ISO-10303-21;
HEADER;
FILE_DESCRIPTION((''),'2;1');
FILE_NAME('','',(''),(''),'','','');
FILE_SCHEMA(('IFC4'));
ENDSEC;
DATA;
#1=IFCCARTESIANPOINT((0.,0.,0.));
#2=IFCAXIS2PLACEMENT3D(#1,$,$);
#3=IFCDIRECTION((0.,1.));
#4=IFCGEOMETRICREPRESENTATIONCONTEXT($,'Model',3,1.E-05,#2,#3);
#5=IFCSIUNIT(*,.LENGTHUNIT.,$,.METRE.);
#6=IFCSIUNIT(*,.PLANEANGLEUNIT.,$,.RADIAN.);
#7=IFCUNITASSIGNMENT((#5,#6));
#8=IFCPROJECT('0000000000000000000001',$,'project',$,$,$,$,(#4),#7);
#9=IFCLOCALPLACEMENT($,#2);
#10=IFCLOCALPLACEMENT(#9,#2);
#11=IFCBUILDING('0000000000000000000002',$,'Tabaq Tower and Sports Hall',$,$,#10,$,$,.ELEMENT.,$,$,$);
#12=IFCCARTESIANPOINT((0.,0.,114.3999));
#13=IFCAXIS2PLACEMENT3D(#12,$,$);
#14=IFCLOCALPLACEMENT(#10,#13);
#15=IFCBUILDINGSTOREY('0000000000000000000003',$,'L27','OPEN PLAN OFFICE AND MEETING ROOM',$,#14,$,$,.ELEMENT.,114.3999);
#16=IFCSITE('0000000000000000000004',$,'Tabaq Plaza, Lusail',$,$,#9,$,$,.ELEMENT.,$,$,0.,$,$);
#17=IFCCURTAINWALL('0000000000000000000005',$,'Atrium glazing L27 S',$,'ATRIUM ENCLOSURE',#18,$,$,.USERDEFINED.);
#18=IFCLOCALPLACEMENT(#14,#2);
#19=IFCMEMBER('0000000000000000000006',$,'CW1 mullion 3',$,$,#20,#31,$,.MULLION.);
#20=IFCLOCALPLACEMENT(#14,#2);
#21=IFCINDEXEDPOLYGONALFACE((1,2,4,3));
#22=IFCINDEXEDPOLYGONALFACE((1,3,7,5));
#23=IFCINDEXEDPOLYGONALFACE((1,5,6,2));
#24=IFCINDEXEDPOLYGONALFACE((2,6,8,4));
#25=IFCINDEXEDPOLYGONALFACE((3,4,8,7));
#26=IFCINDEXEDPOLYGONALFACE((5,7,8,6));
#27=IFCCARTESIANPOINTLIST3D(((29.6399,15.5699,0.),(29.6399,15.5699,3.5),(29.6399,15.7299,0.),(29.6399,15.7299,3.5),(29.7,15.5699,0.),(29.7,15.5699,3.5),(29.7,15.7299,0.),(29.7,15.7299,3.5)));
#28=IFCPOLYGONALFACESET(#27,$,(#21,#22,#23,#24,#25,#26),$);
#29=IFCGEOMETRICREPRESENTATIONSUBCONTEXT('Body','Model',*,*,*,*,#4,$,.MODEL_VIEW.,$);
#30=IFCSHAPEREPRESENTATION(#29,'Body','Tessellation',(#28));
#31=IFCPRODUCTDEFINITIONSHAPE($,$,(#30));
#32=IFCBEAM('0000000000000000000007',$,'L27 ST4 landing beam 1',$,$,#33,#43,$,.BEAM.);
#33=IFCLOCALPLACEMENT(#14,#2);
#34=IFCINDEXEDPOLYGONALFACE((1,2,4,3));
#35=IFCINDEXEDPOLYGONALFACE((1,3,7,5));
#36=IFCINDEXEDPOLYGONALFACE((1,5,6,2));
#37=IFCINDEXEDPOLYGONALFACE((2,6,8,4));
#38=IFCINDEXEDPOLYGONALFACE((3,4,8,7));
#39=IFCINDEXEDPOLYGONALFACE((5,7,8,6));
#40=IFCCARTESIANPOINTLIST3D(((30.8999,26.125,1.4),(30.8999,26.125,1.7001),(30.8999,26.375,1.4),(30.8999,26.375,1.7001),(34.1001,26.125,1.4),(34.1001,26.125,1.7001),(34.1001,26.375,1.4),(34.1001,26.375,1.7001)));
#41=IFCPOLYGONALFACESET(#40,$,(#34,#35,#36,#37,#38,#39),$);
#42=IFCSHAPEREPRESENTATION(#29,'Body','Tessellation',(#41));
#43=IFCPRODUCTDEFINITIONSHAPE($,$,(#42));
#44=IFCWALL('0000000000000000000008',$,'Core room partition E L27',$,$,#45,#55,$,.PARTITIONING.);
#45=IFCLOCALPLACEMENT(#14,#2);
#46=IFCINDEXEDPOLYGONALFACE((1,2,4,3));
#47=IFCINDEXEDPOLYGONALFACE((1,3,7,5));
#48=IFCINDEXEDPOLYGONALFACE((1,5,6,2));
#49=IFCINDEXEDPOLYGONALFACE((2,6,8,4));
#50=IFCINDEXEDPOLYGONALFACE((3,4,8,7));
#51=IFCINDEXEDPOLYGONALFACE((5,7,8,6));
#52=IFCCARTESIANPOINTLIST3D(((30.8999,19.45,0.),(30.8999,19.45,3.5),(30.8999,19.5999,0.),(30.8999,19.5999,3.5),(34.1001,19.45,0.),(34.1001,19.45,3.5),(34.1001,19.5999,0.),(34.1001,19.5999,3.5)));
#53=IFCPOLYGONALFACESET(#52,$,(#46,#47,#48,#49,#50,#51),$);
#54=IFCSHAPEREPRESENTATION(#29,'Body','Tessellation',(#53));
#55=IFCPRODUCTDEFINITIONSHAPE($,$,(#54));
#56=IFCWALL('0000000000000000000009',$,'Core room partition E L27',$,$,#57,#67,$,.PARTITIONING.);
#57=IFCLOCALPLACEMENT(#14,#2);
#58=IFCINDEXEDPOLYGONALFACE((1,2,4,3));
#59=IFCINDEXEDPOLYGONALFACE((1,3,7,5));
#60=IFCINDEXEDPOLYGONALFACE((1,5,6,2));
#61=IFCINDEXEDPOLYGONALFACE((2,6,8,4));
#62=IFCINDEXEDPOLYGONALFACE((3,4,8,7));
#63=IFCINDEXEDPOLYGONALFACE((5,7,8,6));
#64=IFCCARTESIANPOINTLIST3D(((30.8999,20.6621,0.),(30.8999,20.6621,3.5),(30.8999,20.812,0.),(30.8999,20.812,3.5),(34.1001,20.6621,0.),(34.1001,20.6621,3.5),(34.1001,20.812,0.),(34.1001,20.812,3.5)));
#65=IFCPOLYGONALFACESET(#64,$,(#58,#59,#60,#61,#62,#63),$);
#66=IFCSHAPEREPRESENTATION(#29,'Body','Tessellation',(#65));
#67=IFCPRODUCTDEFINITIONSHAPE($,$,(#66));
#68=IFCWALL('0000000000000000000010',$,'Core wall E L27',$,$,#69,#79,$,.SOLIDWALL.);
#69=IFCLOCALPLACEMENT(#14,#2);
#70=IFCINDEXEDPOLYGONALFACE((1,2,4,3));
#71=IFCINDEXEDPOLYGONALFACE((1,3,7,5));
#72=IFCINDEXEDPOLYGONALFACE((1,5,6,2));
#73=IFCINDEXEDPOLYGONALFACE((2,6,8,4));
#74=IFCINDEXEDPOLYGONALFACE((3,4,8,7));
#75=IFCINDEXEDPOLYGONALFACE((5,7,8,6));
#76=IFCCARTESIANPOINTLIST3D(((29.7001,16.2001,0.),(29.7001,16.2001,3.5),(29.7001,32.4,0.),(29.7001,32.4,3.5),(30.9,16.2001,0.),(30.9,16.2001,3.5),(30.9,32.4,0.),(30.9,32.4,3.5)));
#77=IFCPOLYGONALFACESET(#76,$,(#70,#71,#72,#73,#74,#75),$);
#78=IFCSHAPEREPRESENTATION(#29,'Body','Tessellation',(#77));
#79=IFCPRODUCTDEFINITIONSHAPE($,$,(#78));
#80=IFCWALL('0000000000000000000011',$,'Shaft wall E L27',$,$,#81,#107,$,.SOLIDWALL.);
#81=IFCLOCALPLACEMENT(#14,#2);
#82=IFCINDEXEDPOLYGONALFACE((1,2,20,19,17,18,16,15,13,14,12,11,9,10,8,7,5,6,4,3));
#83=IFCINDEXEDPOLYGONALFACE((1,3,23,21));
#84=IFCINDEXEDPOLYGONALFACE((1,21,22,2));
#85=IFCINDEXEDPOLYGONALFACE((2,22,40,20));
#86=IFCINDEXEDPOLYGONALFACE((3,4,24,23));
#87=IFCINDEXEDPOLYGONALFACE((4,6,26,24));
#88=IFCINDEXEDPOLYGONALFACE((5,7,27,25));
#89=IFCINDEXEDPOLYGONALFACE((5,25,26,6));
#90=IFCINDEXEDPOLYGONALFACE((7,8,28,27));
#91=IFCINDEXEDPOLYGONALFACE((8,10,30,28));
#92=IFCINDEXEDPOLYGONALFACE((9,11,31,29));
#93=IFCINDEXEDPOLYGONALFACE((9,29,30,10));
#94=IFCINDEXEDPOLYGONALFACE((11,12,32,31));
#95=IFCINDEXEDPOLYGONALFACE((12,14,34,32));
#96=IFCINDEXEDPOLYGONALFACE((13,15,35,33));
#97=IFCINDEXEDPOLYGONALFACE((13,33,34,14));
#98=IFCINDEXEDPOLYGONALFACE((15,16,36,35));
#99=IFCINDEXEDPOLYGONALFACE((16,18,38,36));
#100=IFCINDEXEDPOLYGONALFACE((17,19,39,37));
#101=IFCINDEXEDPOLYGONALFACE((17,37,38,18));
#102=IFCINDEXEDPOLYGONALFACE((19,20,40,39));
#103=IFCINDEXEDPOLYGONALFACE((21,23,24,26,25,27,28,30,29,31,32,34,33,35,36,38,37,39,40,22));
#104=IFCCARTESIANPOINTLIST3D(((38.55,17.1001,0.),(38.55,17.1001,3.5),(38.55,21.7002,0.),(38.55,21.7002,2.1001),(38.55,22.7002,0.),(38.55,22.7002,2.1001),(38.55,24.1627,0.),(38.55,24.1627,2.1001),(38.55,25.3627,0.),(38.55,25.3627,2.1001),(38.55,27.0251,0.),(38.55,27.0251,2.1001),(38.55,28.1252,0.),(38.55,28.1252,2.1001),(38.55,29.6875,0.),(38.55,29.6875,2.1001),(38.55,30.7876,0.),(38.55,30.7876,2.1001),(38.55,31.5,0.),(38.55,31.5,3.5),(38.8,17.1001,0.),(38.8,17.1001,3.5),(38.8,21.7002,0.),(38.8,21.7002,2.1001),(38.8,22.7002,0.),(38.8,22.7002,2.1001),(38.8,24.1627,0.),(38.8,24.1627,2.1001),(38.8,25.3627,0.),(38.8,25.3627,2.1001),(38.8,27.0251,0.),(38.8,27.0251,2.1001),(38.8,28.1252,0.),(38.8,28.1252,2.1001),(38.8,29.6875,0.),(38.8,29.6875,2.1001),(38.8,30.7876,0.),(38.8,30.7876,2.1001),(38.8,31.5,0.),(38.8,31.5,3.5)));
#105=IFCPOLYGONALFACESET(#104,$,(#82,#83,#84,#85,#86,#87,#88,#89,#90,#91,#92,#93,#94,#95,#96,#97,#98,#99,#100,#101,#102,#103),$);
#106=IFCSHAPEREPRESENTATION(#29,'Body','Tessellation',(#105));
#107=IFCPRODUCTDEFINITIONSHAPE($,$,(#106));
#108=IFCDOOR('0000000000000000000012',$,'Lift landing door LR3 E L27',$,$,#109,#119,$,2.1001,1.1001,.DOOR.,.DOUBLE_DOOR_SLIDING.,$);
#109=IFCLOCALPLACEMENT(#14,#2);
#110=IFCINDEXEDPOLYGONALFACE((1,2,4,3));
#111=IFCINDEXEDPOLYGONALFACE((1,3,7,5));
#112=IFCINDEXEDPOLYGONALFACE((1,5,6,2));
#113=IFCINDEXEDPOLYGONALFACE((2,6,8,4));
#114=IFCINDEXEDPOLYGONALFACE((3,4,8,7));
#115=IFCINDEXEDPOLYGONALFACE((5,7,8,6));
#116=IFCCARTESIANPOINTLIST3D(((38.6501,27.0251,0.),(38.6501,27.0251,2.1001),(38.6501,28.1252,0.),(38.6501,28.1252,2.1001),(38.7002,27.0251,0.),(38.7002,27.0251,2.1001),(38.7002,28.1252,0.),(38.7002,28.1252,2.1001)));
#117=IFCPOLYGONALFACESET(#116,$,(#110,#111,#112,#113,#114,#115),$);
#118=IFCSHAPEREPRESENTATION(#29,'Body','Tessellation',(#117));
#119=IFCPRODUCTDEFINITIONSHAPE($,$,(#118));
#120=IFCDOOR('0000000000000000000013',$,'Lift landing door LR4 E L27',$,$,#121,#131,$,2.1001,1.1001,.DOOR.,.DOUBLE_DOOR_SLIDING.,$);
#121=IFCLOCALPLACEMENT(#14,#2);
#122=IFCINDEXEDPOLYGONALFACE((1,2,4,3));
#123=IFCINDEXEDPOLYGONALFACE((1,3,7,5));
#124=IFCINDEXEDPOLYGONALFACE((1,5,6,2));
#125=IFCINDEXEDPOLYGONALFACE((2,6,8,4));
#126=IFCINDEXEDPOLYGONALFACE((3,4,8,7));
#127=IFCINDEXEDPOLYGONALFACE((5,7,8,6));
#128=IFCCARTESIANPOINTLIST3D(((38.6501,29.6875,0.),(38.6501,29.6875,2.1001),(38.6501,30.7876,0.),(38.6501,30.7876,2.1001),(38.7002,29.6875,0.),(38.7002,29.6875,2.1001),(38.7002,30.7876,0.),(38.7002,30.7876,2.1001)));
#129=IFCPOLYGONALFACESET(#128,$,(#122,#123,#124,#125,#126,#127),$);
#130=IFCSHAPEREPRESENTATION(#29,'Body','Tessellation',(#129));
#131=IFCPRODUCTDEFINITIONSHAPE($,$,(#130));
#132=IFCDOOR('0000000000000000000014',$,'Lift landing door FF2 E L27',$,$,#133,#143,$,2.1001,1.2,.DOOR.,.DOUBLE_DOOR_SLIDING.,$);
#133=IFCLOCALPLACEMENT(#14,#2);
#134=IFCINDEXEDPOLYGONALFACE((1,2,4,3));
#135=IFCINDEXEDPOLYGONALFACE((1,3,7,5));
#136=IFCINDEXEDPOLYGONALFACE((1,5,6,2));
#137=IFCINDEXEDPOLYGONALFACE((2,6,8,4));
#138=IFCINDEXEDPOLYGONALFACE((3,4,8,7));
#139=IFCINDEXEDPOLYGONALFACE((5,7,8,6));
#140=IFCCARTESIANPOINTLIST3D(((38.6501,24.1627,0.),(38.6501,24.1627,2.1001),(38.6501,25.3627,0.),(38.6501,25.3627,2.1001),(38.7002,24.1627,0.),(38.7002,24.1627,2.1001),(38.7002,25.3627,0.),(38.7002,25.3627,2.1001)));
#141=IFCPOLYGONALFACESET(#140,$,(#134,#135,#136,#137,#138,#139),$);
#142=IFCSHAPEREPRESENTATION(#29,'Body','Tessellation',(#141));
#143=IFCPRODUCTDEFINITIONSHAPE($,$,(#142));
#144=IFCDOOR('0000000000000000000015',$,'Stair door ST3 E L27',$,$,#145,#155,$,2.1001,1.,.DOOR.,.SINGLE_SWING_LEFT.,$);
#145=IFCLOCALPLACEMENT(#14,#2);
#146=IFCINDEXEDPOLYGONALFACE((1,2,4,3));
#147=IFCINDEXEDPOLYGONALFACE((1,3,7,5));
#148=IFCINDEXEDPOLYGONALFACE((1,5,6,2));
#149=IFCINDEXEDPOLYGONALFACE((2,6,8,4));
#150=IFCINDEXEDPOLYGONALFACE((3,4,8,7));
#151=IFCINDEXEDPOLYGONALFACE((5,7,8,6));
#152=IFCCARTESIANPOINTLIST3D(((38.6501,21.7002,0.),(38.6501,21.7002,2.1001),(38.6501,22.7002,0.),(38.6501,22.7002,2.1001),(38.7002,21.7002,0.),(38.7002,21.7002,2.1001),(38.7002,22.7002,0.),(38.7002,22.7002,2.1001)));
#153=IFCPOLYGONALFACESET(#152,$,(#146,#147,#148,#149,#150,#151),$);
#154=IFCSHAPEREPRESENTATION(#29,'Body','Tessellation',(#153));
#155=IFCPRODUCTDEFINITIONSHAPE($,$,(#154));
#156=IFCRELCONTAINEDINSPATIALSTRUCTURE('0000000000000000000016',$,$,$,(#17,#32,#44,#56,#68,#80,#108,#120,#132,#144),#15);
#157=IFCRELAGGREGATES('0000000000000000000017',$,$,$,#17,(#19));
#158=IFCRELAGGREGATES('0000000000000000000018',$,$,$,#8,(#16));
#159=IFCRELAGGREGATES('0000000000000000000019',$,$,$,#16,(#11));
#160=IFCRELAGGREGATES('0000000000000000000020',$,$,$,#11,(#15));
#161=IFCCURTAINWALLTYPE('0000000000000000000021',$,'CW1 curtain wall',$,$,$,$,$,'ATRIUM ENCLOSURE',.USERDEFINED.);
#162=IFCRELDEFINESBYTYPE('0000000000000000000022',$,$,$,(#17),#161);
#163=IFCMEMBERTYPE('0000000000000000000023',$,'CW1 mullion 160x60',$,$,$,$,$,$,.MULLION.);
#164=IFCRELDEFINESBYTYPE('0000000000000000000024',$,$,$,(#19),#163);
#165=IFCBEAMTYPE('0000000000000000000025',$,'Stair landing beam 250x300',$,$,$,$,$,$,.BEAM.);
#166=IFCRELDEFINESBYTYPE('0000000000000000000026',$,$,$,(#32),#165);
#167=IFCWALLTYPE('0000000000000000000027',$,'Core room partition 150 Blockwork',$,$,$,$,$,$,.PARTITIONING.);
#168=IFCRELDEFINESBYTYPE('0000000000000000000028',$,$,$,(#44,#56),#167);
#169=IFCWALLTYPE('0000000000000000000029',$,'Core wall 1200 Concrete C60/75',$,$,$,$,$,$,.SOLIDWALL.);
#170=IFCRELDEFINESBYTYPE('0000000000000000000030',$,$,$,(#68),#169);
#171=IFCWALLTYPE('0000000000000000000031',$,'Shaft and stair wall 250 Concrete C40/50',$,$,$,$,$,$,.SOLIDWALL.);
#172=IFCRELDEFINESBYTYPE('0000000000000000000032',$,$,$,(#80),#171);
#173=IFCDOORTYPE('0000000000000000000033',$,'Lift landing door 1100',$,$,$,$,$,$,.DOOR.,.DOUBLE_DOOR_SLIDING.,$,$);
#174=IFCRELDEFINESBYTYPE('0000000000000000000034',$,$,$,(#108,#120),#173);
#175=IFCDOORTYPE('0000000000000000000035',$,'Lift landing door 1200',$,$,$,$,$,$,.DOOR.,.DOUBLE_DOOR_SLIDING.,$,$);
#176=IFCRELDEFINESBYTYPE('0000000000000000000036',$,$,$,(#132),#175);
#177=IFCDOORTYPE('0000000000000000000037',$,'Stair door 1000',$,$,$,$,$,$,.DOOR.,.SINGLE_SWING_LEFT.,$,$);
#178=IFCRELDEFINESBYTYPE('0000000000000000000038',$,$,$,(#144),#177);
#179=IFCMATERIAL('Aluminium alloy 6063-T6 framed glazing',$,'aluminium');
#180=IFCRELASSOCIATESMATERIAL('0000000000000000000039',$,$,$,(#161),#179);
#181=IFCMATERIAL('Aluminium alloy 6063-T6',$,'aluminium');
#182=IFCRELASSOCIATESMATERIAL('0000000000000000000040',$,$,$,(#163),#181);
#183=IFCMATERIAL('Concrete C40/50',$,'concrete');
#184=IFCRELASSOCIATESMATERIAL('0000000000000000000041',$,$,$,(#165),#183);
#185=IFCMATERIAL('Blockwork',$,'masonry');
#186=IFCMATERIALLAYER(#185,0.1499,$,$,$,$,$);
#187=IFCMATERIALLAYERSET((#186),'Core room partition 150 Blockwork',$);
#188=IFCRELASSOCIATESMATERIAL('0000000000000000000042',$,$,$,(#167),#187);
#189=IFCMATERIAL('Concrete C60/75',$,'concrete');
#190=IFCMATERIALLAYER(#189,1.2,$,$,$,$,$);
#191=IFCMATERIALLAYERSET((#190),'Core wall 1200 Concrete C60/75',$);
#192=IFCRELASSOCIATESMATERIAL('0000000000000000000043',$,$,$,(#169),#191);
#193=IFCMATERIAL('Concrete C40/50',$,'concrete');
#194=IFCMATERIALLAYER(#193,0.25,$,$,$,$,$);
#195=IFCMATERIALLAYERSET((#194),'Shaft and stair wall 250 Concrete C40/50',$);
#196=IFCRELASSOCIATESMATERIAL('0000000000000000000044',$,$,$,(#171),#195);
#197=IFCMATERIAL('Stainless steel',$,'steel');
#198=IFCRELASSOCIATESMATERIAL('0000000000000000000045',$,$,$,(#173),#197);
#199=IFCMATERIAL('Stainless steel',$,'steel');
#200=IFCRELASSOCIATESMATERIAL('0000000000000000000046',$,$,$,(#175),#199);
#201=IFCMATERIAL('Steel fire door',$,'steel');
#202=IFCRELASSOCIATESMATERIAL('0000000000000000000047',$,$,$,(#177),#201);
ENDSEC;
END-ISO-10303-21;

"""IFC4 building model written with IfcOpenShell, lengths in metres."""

from ifc_helpers import new_model, si_unit, direction, frame, frame_2d, origin, origin_2d, place, context, subcontext, project, spatial, rectangle, extrude, material, layer, layer_set, material_profile, profile_set, type_object, element, fill, aggregate, save


model = new_model("IFC4")

# Units and contexts
model_context = context("Model", 3, precision=1e-05, world=origin(), true_north=direction((0.0, 1.0)))
body_context = subcontext(model_context, "Body", "Model", "MODEL_VIEW")
ifc_project = project(units=[si_unit("LENGTHUNIT", "METRE"), si_unit("PLANEANGLEUNIT", "RADIAN")], contexts=[model_context])

# Site, building, storey
site_placement = place(None, origin())
site = spatial("IfcSite", under=ifc_project, at=site_placement, Name="Tabaq Plaza, Lusail", CompositionType="ELEMENT", RefElevation=0.0)
building_placement = place(site_placement, origin())
building = spatial("IfcBuilding", under=site, at=building_placement, Name="Tabaq Tower and Sports Hall", CompositionType="ELEMENT")
storey_placement = place(building_placement, frame((0.0, 0.0, 114.3999)))
storey = spatial("IfcBuildingStorey", under=building, at=storey_placement, Name="L27", Description="OPEN PLAN OFFICE AND MEETING ROOM", CompositionType="ELEMENT", Elevation=114.3999)

# Curtain wall, member
ifc_material_1 = material(Name="Aluminium alloy 6063-T6 framed glazing", Category="aluminium")
curtain_wall_type = type_object("IfcCurtainWallType", Name="CW1 curtain wall", ElementType="ATRIUM ENCLOSURE", PredefinedType="USERDEFINED", material=ifc_material_1)
curtain_wall_placement = place(storey_placement, origin())
curtain_wall = element("IfcCurtainWall", 1, at=curtain_wall_placement, inside=storey, type_object=curtain_wall_type, Name="Atrium glazing L27 S", ObjectType="ATRIUM ENCLOSURE", PredefinedType="USERDEFINED")
ifc_material_2 = material(Name="Aluminium alloy 6063-T6", Category="aluminium")
ifc_material_profile_1 = material_profile(ifc_material_2, rectangle(XDim=0.1599, YDim=0.0601, at=origin_2d()), Name="MULLION 160x60")
ifc_profile_set_1 = profile_set([ifc_material_profile_1], Name="Aluminium alloy 6063-T6")
member_type = type_object("IfcMemberType", Name="CW1 mullion 160x60", PredefinedType="MULLION", material=ifc_profile_set_1)
member_placement = place(storey_placement, frame((29.6699, 15.6499, 0.0), z_axis=(0.0, 0.0, 1.0), x_axis=(0.0, 1.0, 0.0)))
member = element("IfcMember", 2, at=member_placement, type_object=member_type, Name="CW1 mullion 3", PredefinedType="MULLION", context=body_context, shape_type="SweptSolid", body=[
    extrude(rectangle(XDim=0.1599, YDim=0.0601, at=origin_2d()), origin(), (0.0, 0.0, 1.0), 3.5),
])
aggregate(curtain_wall, [member])

# Beam
ifc_material_3 = material(Name="Concrete C40/50", Category="concrete")
ifc_material_profile_2 = material_profile(ifc_material_3, rectangle(XDim=0.25, YDim=0.3, at=origin_2d()), Name="RC 250x300")
ifc_profile_set_2 = profile_set([ifc_material_profile_2], Name="Concrete C40/50")
beam_type = type_object("IfcBeamType", Name="Stair landing beam 250x300", PredefinedType="BEAM", material=ifc_profile_set_2)
beam_placement = place(storey_placement, frame((30.8999, 26.25, 1.55), z_axis=(1.0, 0.0, 0.0), x_axis=(0.0, 1.0, 0.0)))
element("IfcBeam", 3, at=beam_placement, inside=storey, type_object=beam_type, Name="L27 ST4 landing beam 1", PredefinedType="BEAM", context=body_context, shape_type="SweptSolid", body=[
    extrude(rectangle(XDim=0.25, YDim=0.3, at=origin_2d()), origin(), (0.0, 0.0, 1.0), 3.2002),
])

# Walls
ifc_material_4 = material(Name="Blockwork", Category="masonry")
ifc_layer_1 = layer(ifc_material_4, 0.1499)
ifc_layer_set_1 = layer_set([ifc_layer_1], Name="Core room partition 150 Blockwork")
wall_type_1 = type_object("IfcWallType", Name="Core room partition 150 Blockwork", PredefinedType="PARTITIONING", material=ifc_layer_set_1)
for number, where, z_axis, x_axis, name in (
    (4, (30.8999, 19.5249, 0.0), (0.0, 0.0, 1.0), (1.0, 0.0, 0.0), "Core room partition E L27"),
    (5, (30.8999, 20.7371, 0.0), (0.0, 0.0, 1.0), (1.0, 0.0, 0.0), "Core room partition E L27"),
):
    element("IfcWall", number, at=place(storey_placement, frame(where, z_axis=z_axis, x_axis=x_axis)), inside=storey, type_object=wall_type_1, Name=name, PredefinedType="PARTITIONING", context=body_context, shape_type="SweptSolid", body=[
        extrude(rectangle(XDim=3.2002, YDim=0.1499, at=frame_2d((1.6001, 0.0))), origin(), (0.0, 0.0, 1.0), 3.5),
    ])
ifc_material_5 = material(Name="Concrete C60/75", Category="concrete")
ifc_layer_2 = layer(ifc_material_5, 1.2)
ifc_layer_set_2 = layer_set([ifc_layer_2], Name="Core wall 1200 Concrete C60/75")
wall_type_2 = type_object("IfcWallType", Name="Core wall 1200 Concrete C60/75", PredefinedType="SOLIDWALL", material=ifc_layer_set_2)
wall_1_placement = place(storey_placement, frame((30.3, 16.2, 0.0), z_axis=(0.0, 0.0, 1.0), x_axis=(0.0, 1.0, 0.0)))
element("IfcWall", 6, at=wall_1_placement, inside=storey, type_object=wall_type_2, Name="Core wall E L27", PredefinedType="SOLIDWALL", context=body_context, shape_type="SweptSolid", body=[
    extrude(rectangle(XDim=16.2, YDim=1.2, at=frame_2d((8.1001, 0.0))), origin(), (0.0, 0.0, 1.0), 3.5),
])

# Wall, openings, doors
ifc_material_6 = material(Name="Concrete C40/50", Category="concrete")
ifc_layer_3 = layer(ifc_material_6, 0.25)
ifc_layer_set_3 = layer_set([ifc_layer_3], Name="Shaft and stair wall 250 Concrete C40/50")
wall_type_3 = type_object("IfcWallType", Name="Shaft and stair wall 250 Concrete C40/50", PredefinedType="SOLIDWALL", material=ifc_layer_set_3)
wall_2_placement = place(storey_placement, frame((38.675, 17.1001, 0.0), z_axis=(0.0, 0.0, 1.0), x_axis=(0.0, 1.0, 0.0)))
wall_2 = element("IfcWall", 7, at=wall_2_placement, inside=storey, type_object=wall_type_3, Name="Shaft wall E L27", PredefinedType="SOLIDWALL", context=body_context, shape_type="SweptSolid", body=[
    extrude(rectangle(XDim=14.3999, YDim=0.25, at=frame_2d((7.2, 0.0))), origin(), (0.0, 0.0, 1.0), 3.5),
])
opening_1_placement = place(wall_2_placement, frame((4.6001, 0.0, 0.0)))
opening_1 = element("IfcOpeningElement", 8, at=opening_1_placement, cuts=wall_2, PredefinedType="OPENING", context=body_context, shape_type="SweptSolid", body=[
    extrude(rectangle(XDim=1.0, YDim=2.1001, at=frame_2d((0.5, 1.05))), frame((0.0, 0.125, 0.0), z_axis=(0.0, -1.0, 0.0), x_axis=(1.0, 0.0, 0.0)), (0.0, 0.0, 1.0), 0.25),
])
opening_2_placement = place(wall_2_placement, frame((7.0625, 0.0, 0.0)))
opening_2 = element("IfcOpeningElement", 9, at=opening_2_placement, cuts=wall_2, PredefinedType="OPENING", context=body_context, shape_type="SweptSolid", body=[
    extrude(rectangle(XDim=1.2, YDim=2.1001, at=frame_2d((0.6001, 1.05))), frame((0.0, 0.125, 0.0), z_axis=(0.0, -1.0, 0.0), x_axis=(1.0, 0.0, 0.0)), (0.0, 0.0, 1.0), 0.25),
])
opening_3_placement = place(wall_2_placement, frame((9.925, 0.0, 0.0)))
opening_3 = element("IfcOpeningElement", 10, at=opening_3_placement, cuts=wall_2, PredefinedType="OPENING", context=body_context, shape_type="SweptSolid", body=[
    extrude(rectangle(XDim=1.1001, YDim=2.1001, at=frame_2d((0.55, 1.05))), frame((0.0, 0.125, 0.0), z_axis=(0.0, -1.0, 0.0), x_axis=(1.0, 0.0, 0.0)), (0.0, 0.0, 1.0), 0.25),
])
opening_4_placement = place(wall_2_placement, frame((12.5874, 0.0, 0.0)))
opening_4 = element("IfcOpeningElement", 11, at=opening_4_placement, cuts=wall_2, PredefinedType="OPENING", context=body_context, shape_type="SweptSolid", body=[
    extrude(rectangle(XDim=1.1001, YDim=2.1001, at=frame_2d((0.55, 1.05))), frame((0.0, 0.125, 0.0), z_axis=(0.0, -1.0, 0.0), x_axis=(1.0, 0.0, 0.0)), (0.0, 0.0, 1.0), 0.25),
])
ifc_material_7 = material(Name="Stainless steel", Category="steel")
door_type_1 = type_object("IfcDoorType", Name="Lift landing door 1100", OperationType="DOUBLE_DOOR_SLIDING", PredefinedType="DOOR", material=ifc_material_7)
door_1_placement = place(opening_3_placement, origin())
door_1 = element("IfcDoor", 12, at=door_1_placement, inside=storey, type_object=door_type_1, Name="Lift landing door LR3 E L27", OperationType="DOUBLE_DOOR_SLIDING", OverallHeight=2.1001, OverallWidth=1.1001, PredefinedType="DOOR", context=body_context, shape_type="SweptSolid", body=[
    extrude(rectangle(XDim=1.1001, YDim=2.1001, at=frame_2d((0.55, 1.05))), frame((0.0, 0.0249, 0.0), z_axis=(0.0, -1.0, 0.0), x_axis=(1.0, 0.0, 0.0)), (0.0, 0.0, 1.0), 0.05),
])
fill(opening_3, door_1)
door_2_placement = place(opening_4_placement, origin())
door_2 = element("IfcDoor", 13, at=door_2_placement, inside=storey, type_object=door_type_1, Name="Lift landing door LR4 E L27", OperationType="DOUBLE_DOOR_SLIDING", OverallHeight=2.1001, OverallWidth=1.1001, PredefinedType="DOOR", context=body_context, shape_type="SweptSolid", body=[
    extrude(rectangle(XDim=1.1001, YDim=2.1001, at=frame_2d((0.55, 1.05))), frame((0.0, 0.0249, 0.0), z_axis=(0.0, -1.0, 0.0), x_axis=(1.0, 0.0, 0.0)), (0.0, 0.0, 1.0), 0.05),
])
fill(opening_4, door_2)
ifc_material_8 = material(Name="Stainless steel", Category="steel")
door_type_2 = type_object("IfcDoorType", Name="Lift landing door 1200", OperationType="DOUBLE_DOOR_SLIDING", PredefinedType="DOOR", material=ifc_material_8)
door_3_placement = place(opening_2_placement, origin())
door_3 = element("IfcDoor", 14, at=door_3_placement, inside=storey, type_object=door_type_2, Name="Lift landing door FF2 E L27", OperationType="DOUBLE_DOOR_SLIDING", OverallHeight=2.1001, OverallWidth=1.2, PredefinedType="DOOR", context=body_context, shape_type="SweptSolid", body=[
    extrude(rectangle(XDim=1.2, YDim=2.1001, at=frame_2d((0.6001, 1.05))), frame((0.0, 0.0249, 0.0), z_axis=(0.0, -1.0, 0.0), x_axis=(1.0, 0.0, 0.0)), (0.0, 0.0, 1.0), 0.05),
])
fill(opening_2, door_3)
ifc_material_9 = material(Name="Steel fire door", Category="steel")
door_type_3 = type_object("IfcDoorType", Name="Stair door 1000", OperationType="SINGLE_SWING_LEFT", PredefinedType="DOOR", material=ifc_material_9)
door_4_placement = place(opening_1_placement, origin())
door_4 = element("IfcDoor", 15, at=door_4_placement, inside=storey, type_object=door_type_3, Name="Stair door ST3 E L27", OperationType="SINGLE_SWING_LEFT", OverallHeight=2.1001, OverallWidth=1.0, PredefinedType="DOOR", context=body_context, shape_type="SweptSolid", body=[
    extrude(rectangle(XDim=1.0, YDim=2.1001, at=frame_2d((0.5, 1.05))), frame((0.0, 0.0249, 0.0), z_axis=(0.0, -1.0, 0.0), x_axis=(1.0, 0.0, 0.0)), (0.0, 0.0, 1.0), 0.05),
])
fill(opening_1, door_4)

save(model, "model.ifc")
